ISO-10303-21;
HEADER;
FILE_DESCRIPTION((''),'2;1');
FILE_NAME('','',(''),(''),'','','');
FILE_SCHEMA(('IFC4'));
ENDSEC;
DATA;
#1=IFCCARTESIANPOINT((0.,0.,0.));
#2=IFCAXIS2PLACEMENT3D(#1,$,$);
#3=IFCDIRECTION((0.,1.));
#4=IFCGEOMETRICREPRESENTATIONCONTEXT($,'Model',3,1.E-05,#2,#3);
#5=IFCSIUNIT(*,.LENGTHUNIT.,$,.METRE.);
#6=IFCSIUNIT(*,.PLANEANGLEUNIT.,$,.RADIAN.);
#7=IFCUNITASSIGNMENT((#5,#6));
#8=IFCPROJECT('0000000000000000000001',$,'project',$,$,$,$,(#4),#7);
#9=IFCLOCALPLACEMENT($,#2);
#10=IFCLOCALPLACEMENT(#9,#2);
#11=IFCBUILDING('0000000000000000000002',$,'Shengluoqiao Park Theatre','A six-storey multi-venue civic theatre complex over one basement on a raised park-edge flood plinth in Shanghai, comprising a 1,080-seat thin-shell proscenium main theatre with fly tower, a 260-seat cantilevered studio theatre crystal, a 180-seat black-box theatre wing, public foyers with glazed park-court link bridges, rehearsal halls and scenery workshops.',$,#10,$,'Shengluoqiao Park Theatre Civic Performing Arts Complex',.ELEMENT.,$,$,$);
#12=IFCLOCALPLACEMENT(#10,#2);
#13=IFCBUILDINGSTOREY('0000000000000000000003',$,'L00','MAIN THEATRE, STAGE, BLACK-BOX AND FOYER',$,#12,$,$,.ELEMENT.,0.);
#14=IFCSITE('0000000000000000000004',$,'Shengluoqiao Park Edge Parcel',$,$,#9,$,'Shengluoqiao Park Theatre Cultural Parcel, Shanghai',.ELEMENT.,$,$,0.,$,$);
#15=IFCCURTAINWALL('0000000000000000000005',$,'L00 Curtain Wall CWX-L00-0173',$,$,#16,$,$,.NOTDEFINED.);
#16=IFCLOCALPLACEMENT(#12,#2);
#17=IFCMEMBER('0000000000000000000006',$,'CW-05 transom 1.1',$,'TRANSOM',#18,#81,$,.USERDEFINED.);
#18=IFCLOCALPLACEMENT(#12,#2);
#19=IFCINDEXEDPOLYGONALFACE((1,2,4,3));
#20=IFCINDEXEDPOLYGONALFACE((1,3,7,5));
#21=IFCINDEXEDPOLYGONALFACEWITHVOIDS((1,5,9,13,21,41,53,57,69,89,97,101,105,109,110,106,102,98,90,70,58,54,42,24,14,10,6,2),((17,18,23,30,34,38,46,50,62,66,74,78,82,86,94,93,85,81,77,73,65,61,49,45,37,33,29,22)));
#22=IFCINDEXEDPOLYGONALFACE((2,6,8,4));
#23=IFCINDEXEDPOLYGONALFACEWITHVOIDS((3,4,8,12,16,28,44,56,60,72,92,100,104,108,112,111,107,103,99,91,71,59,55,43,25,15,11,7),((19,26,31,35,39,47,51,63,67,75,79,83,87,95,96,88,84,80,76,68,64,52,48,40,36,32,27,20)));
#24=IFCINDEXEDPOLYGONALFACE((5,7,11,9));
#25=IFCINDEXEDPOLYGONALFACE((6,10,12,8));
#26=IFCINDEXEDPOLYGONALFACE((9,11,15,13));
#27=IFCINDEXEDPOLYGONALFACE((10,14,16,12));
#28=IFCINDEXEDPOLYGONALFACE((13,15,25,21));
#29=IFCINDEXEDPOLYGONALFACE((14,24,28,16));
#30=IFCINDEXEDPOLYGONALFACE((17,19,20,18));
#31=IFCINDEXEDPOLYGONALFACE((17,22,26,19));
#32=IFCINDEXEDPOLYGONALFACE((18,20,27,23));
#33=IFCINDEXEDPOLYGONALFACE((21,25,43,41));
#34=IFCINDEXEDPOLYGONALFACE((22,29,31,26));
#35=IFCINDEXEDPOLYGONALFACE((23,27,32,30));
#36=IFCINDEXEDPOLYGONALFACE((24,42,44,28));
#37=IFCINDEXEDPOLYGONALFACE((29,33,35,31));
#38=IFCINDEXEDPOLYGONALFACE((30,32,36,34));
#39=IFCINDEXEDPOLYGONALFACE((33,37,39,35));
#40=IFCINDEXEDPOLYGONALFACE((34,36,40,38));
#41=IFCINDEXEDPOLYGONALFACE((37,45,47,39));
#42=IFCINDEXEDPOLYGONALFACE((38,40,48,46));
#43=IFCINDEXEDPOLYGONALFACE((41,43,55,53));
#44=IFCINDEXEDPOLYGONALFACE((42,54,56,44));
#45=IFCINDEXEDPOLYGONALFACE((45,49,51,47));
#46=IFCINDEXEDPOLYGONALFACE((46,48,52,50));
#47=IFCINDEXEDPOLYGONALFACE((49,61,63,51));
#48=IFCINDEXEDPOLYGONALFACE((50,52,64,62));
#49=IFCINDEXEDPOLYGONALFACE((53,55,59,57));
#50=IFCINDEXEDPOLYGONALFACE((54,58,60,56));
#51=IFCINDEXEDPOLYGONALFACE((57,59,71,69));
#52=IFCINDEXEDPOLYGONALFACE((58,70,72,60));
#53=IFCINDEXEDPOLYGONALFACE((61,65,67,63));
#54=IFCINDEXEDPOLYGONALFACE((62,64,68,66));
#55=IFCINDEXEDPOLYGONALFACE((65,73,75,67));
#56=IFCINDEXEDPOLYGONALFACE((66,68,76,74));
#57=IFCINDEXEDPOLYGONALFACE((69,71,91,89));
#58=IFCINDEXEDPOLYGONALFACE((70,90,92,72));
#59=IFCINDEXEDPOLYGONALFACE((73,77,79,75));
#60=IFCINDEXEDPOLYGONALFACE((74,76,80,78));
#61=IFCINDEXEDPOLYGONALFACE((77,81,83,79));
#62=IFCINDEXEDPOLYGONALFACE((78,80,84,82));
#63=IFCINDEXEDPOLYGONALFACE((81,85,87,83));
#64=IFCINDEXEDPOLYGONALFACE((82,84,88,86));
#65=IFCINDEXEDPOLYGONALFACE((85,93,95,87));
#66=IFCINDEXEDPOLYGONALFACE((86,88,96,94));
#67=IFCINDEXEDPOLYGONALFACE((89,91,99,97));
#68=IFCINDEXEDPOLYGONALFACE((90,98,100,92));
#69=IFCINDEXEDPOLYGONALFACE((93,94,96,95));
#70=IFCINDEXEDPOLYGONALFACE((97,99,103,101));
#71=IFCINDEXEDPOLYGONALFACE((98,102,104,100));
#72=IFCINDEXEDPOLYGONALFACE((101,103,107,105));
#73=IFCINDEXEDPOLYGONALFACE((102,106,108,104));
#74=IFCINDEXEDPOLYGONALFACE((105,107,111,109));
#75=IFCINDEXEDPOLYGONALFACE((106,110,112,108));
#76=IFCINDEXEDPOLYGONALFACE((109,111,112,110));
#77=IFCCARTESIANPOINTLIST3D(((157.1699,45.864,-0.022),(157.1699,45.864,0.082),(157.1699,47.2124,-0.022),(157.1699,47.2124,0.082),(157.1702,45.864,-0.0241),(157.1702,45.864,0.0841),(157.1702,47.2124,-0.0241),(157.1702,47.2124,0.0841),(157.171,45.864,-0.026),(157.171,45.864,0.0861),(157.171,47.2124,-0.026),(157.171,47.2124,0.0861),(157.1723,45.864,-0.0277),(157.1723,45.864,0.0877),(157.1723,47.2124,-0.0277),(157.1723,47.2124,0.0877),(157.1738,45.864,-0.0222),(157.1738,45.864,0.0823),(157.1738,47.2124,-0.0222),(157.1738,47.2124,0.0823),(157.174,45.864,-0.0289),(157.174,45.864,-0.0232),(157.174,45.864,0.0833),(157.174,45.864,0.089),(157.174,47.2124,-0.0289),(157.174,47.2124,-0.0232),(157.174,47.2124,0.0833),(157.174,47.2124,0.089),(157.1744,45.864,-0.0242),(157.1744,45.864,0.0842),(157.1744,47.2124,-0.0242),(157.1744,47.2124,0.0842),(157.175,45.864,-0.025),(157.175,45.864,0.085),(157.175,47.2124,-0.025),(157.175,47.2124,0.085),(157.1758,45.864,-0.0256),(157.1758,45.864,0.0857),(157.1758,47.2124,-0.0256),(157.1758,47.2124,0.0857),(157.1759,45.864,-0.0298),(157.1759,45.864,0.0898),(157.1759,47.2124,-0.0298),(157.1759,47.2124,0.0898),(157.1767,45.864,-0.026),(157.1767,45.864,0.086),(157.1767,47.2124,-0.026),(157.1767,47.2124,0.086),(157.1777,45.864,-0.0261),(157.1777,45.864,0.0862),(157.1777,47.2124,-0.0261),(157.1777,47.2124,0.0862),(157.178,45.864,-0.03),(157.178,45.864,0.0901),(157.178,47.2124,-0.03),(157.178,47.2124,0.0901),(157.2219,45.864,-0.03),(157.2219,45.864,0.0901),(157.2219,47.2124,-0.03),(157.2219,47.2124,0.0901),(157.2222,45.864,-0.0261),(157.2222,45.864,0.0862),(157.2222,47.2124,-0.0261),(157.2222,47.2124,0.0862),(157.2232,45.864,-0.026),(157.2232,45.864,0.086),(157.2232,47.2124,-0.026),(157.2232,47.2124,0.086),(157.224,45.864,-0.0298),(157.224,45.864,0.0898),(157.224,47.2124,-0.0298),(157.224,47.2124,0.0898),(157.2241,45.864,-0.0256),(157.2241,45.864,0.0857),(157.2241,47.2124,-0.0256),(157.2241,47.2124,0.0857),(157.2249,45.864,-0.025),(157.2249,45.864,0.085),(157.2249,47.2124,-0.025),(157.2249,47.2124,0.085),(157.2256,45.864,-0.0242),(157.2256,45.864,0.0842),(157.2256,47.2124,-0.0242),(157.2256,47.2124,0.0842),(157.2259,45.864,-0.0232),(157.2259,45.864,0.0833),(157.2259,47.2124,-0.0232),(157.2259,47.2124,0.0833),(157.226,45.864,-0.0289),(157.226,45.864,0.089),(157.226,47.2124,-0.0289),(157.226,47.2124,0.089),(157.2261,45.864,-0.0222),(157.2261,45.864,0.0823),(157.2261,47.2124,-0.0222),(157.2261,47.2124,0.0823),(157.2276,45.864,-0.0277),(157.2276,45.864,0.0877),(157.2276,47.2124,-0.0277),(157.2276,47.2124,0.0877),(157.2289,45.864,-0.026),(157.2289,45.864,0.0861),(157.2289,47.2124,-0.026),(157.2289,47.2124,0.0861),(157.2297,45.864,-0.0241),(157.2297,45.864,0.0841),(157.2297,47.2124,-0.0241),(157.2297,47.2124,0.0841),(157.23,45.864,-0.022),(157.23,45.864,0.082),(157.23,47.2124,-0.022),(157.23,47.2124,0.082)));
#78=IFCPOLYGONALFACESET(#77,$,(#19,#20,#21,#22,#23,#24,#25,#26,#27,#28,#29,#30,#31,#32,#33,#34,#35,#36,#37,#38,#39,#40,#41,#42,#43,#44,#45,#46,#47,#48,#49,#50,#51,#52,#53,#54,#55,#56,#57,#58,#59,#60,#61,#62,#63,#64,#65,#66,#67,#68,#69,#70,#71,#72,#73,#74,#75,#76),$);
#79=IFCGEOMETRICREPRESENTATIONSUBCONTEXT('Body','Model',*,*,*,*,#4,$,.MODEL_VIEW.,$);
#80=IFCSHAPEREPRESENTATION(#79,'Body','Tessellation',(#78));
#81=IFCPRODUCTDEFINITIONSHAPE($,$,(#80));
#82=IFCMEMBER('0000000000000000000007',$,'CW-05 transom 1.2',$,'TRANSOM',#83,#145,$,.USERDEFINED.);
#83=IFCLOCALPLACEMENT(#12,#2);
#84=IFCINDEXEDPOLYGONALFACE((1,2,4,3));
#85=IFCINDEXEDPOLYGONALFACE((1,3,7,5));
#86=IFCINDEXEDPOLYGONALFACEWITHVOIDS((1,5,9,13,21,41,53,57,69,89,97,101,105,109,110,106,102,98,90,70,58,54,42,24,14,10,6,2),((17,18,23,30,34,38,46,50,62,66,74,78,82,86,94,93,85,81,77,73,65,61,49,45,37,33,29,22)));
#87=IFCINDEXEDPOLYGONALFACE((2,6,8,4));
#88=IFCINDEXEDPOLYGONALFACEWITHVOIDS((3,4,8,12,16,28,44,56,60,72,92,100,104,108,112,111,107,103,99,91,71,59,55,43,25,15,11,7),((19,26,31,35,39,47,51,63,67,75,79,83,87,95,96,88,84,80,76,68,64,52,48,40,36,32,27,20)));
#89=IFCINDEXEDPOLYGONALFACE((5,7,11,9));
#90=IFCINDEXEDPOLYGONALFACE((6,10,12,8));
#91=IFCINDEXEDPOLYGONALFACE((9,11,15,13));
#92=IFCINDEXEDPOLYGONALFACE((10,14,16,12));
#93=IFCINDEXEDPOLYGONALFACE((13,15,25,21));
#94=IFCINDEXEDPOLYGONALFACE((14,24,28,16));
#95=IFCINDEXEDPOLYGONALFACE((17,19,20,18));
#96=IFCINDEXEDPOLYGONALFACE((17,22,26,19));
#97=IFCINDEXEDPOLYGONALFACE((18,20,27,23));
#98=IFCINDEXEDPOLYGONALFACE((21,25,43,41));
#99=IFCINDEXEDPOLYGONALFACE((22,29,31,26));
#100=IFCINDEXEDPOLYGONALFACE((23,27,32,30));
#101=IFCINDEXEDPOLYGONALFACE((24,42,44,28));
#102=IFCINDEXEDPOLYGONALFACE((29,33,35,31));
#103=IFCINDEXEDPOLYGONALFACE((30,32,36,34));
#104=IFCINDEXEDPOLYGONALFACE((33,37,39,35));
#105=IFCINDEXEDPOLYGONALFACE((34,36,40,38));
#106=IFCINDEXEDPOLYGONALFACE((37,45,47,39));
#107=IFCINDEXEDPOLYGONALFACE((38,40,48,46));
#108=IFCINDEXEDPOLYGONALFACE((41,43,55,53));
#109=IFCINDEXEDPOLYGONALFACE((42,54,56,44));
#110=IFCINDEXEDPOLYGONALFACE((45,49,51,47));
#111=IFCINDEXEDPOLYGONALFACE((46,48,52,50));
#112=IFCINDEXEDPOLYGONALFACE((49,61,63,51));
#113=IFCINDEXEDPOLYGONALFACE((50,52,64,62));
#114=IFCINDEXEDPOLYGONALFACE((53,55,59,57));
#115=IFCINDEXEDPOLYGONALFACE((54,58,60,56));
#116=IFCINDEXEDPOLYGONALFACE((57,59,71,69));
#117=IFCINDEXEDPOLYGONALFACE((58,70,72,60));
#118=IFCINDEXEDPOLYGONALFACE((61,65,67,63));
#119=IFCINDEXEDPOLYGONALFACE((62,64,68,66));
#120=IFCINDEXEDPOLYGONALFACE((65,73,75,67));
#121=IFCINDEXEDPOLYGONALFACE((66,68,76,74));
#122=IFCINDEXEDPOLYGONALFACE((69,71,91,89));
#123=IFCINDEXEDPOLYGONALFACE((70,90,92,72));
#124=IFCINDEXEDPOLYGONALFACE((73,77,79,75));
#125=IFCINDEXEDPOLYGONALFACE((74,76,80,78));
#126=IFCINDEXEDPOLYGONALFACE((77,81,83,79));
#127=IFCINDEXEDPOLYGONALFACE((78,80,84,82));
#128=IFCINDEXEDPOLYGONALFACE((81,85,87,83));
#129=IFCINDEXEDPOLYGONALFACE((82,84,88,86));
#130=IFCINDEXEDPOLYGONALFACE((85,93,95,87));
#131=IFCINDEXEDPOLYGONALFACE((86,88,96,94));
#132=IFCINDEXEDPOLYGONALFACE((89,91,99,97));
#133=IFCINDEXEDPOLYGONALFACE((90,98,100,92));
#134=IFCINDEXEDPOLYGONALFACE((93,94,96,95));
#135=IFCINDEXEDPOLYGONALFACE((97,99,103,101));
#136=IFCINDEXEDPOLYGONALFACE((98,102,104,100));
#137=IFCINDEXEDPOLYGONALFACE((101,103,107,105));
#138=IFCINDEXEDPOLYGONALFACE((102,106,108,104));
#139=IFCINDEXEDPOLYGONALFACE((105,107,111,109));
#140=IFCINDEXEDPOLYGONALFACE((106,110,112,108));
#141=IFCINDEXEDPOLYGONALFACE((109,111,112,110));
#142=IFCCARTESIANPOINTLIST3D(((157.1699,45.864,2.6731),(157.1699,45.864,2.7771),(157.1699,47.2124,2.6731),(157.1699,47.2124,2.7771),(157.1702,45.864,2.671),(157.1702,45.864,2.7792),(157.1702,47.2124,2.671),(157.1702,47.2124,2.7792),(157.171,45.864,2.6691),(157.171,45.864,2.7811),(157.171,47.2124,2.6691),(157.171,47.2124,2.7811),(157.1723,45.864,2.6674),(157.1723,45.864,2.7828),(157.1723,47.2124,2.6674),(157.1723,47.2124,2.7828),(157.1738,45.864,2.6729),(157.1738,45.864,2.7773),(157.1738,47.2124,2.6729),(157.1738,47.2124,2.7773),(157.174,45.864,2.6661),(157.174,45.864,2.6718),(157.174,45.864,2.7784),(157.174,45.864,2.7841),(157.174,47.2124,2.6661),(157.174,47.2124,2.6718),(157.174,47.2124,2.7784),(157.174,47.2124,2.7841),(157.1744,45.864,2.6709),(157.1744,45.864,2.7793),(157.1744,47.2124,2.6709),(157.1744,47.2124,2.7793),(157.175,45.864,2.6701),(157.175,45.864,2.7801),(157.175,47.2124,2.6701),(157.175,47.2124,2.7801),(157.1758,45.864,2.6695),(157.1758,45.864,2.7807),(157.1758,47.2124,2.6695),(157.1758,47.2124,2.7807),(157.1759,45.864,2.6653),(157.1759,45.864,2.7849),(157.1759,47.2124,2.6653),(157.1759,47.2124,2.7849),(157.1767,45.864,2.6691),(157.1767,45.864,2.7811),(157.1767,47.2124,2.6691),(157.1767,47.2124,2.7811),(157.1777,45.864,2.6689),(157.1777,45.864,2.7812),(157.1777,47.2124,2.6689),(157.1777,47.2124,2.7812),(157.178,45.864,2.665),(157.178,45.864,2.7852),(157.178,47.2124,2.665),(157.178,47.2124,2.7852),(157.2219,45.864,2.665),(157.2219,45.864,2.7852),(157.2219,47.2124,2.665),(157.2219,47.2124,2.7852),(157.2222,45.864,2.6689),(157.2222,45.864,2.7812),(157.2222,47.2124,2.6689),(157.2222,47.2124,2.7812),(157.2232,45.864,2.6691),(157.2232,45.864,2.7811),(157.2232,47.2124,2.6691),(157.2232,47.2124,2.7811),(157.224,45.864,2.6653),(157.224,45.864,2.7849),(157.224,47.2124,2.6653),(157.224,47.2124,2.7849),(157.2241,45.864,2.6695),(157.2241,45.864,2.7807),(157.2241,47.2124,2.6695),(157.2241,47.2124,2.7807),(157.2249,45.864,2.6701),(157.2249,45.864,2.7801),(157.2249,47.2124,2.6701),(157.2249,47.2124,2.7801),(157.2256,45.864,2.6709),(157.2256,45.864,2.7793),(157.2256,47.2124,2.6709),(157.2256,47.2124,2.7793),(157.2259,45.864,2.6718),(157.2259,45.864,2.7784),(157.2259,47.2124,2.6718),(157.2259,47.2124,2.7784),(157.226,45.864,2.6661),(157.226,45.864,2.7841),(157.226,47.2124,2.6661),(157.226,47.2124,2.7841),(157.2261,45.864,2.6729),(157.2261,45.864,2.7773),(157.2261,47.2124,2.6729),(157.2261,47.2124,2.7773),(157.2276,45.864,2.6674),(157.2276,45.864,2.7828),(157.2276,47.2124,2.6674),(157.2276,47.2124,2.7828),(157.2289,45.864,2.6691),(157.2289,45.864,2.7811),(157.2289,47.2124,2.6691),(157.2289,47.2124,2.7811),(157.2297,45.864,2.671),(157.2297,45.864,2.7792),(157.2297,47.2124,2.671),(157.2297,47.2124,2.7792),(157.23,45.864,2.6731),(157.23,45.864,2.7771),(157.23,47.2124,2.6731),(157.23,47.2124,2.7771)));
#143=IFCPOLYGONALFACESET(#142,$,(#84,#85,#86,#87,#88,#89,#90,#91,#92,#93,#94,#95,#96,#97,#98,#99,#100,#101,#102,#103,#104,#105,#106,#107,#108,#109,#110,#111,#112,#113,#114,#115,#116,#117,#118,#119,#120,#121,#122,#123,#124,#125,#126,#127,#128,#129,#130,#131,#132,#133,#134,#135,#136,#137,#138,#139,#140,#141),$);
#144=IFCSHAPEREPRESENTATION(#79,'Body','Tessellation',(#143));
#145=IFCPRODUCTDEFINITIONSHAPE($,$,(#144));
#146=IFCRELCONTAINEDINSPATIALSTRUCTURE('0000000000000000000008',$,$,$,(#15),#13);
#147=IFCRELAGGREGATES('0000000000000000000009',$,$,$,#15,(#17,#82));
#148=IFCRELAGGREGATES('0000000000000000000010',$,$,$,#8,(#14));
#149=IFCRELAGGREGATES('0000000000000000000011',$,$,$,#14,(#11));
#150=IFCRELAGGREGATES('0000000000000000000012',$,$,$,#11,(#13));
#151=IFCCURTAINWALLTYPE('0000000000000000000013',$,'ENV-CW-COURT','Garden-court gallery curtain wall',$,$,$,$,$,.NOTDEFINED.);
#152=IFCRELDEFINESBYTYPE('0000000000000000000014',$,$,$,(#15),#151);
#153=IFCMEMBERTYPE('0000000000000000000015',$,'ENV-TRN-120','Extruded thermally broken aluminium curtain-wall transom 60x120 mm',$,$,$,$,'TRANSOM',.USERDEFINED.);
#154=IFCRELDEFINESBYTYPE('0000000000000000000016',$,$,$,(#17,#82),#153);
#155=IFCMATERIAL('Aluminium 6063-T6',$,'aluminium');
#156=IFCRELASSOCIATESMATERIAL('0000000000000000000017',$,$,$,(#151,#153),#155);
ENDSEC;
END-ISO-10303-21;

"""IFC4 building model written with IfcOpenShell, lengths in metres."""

from ifc_helpers import new_model, si_unit, direction, frame, origin, origin_2d, place, context, subcontext, project, spatial, hollow_rectangle, extrude, material, material_profile, profile_set, type_object, element, aggregate, save


model = new_model("IFC4")

# Units and contexts
model_context = context("Model", 3, precision=1e-05, world=origin(), true_north=direction((0.0, 1.0)))
body_context = subcontext(model_context, "Body", "Model", "MODEL_VIEW")
ifc_project = project(units=[si_unit("LENGTHUNIT", "METRE"), si_unit("PLANEANGLEUNIT", "RADIAN")], contexts=[model_context])

# Site, building, storey
site_placement = place(None, origin())
site = spatial("IfcSite", under=ifc_project, at=site_placement, Name="Shengluoqiao Park Edge Parcel", LongName="Shengluoqiao Park Theatre Cultural Parcel, Shanghai", CompositionType="ELEMENT", RefElevation=0.0)
building_placement = place(site_placement, origin())
building = spatial("IfcBuilding", under=site, at=building_placement, Name="Shengluoqiao Park Theatre", Description="A six-storey multi-venue civic theatre complex over one basement on a raised park-edge flood plinth in Shanghai, comprising a 1,080-seat thin-shell proscenium main theatre with fly tower, a 260-seat cantilevered studio theatre crystal, a 180-seat black-box theatre wing, public foyers with glazed park-court link bridges, rehearsal halls and scenery workshops.", LongName="Shengluoqiao Park Theatre Civic Performing Arts Complex", CompositionType="ELEMENT")
storey_placement = place(building_placement, origin())
storey = spatial("IfcBuildingStorey", under=building, at=storey_placement, Name="L00", Description="MAIN THEATRE, STAGE, BLACK-BOX AND FOYER", CompositionType="ELEMENT", Elevation=0.0)

# Curtain wall
ifc_material_1 = material(Name="Aluminium 6063-T6", Category="aluminium")
curtain_wall_type = type_object("IfcCurtainWallType", Name="ENV-CW-COURT", Description="Garden-court gallery curtain wall", PredefinedType="NOTDEFINED", material=ifc_material_1)
curtain_wall_1_placement = place(storey_placement, origin())
curtain_wall_1 = element("IfcCurtainWall", 1, at=curtain_wall_1_placement, inside=storey, type_object=curtain_wall_type, Name="L00 Curtain Wall CWX-L00-0173", PredefinedType="NOTDEFINED")

# Members
ifc_material_profile_1 = material_profile(ifc_material_1, hollow_rectangle(XDim=0.0601, YDim=0.1201, WallThickness=0.0039, InnerFilletRadius=0.0039, OuterFilletRadius=0.0081, at=origin_2d()), Name="ALU TRANSOM 120x60x4")
ifc_profile_set_1 = profile_set([ifc_material_profile_1], Name="Aluminium 6063-T6")
member_type_1 = type_object("IfcMemberType", Name="ENV-TRN-120", Description="Extruded thermally broken aluminium curtain-wall transom 60x120 mm", ElementType="TRANSOM", PredefinedType="USERDEFINED", material=ifc_profile_set_1)
member_1_placement = place(storey_placement, frame((157.2, 45.864, 0.03), z_axis=(0.0, 1.0, 0.0), x_axis=(-1.0, 0.0, 0.0)))
member_1 = element("IfcMember", 2, at=member_1_placement, type_object=member_type_1, Name="CW-05 transom 1.1", ObjectType="TRANSOM", PredefinedType="USERDEFINED", context=body_context, shape_type="SweptSolid", body=[
    extrude(hollow_rectangle(XDim=0.0601, YDim=0.1201, WallThickness=0.0039, InnerFilletRadius=0.0039, OuterFilletRadius=0.0081, at=origin_2d()), origin(), (0.0, 0.0, 1.0), 1.3484),
])
member_2_placement = place(storey_placement, frame((157.2, 45.864, 2.7251), z_axis=(0.0, 1.0, 0.0), x_axis=(-1.0, 0.0, 0.0)))
member_2 = element("IfcMember", 3, at=member_2_placement, type_object=member_type_1, Name="CW-05 transom 1.2", ObjectType="TRANSOM", PredefinedType="USERDEFINED", context=body_context, shape_type="SweptSolid", body=[
    extrude(hollow_rectangle(XDim=0.0601, YDim=0.1201, WallThickness=0.0039, InnerFilletRadius=0.0039, OuterFilletRadius=0.0081, at=origin_2d()), origin(), (0.0, 0.0, 1.0), 1.3484),
])

aggregate(curtain_wall_1, [member_1, member_2])

save(model, "model.ifc")
